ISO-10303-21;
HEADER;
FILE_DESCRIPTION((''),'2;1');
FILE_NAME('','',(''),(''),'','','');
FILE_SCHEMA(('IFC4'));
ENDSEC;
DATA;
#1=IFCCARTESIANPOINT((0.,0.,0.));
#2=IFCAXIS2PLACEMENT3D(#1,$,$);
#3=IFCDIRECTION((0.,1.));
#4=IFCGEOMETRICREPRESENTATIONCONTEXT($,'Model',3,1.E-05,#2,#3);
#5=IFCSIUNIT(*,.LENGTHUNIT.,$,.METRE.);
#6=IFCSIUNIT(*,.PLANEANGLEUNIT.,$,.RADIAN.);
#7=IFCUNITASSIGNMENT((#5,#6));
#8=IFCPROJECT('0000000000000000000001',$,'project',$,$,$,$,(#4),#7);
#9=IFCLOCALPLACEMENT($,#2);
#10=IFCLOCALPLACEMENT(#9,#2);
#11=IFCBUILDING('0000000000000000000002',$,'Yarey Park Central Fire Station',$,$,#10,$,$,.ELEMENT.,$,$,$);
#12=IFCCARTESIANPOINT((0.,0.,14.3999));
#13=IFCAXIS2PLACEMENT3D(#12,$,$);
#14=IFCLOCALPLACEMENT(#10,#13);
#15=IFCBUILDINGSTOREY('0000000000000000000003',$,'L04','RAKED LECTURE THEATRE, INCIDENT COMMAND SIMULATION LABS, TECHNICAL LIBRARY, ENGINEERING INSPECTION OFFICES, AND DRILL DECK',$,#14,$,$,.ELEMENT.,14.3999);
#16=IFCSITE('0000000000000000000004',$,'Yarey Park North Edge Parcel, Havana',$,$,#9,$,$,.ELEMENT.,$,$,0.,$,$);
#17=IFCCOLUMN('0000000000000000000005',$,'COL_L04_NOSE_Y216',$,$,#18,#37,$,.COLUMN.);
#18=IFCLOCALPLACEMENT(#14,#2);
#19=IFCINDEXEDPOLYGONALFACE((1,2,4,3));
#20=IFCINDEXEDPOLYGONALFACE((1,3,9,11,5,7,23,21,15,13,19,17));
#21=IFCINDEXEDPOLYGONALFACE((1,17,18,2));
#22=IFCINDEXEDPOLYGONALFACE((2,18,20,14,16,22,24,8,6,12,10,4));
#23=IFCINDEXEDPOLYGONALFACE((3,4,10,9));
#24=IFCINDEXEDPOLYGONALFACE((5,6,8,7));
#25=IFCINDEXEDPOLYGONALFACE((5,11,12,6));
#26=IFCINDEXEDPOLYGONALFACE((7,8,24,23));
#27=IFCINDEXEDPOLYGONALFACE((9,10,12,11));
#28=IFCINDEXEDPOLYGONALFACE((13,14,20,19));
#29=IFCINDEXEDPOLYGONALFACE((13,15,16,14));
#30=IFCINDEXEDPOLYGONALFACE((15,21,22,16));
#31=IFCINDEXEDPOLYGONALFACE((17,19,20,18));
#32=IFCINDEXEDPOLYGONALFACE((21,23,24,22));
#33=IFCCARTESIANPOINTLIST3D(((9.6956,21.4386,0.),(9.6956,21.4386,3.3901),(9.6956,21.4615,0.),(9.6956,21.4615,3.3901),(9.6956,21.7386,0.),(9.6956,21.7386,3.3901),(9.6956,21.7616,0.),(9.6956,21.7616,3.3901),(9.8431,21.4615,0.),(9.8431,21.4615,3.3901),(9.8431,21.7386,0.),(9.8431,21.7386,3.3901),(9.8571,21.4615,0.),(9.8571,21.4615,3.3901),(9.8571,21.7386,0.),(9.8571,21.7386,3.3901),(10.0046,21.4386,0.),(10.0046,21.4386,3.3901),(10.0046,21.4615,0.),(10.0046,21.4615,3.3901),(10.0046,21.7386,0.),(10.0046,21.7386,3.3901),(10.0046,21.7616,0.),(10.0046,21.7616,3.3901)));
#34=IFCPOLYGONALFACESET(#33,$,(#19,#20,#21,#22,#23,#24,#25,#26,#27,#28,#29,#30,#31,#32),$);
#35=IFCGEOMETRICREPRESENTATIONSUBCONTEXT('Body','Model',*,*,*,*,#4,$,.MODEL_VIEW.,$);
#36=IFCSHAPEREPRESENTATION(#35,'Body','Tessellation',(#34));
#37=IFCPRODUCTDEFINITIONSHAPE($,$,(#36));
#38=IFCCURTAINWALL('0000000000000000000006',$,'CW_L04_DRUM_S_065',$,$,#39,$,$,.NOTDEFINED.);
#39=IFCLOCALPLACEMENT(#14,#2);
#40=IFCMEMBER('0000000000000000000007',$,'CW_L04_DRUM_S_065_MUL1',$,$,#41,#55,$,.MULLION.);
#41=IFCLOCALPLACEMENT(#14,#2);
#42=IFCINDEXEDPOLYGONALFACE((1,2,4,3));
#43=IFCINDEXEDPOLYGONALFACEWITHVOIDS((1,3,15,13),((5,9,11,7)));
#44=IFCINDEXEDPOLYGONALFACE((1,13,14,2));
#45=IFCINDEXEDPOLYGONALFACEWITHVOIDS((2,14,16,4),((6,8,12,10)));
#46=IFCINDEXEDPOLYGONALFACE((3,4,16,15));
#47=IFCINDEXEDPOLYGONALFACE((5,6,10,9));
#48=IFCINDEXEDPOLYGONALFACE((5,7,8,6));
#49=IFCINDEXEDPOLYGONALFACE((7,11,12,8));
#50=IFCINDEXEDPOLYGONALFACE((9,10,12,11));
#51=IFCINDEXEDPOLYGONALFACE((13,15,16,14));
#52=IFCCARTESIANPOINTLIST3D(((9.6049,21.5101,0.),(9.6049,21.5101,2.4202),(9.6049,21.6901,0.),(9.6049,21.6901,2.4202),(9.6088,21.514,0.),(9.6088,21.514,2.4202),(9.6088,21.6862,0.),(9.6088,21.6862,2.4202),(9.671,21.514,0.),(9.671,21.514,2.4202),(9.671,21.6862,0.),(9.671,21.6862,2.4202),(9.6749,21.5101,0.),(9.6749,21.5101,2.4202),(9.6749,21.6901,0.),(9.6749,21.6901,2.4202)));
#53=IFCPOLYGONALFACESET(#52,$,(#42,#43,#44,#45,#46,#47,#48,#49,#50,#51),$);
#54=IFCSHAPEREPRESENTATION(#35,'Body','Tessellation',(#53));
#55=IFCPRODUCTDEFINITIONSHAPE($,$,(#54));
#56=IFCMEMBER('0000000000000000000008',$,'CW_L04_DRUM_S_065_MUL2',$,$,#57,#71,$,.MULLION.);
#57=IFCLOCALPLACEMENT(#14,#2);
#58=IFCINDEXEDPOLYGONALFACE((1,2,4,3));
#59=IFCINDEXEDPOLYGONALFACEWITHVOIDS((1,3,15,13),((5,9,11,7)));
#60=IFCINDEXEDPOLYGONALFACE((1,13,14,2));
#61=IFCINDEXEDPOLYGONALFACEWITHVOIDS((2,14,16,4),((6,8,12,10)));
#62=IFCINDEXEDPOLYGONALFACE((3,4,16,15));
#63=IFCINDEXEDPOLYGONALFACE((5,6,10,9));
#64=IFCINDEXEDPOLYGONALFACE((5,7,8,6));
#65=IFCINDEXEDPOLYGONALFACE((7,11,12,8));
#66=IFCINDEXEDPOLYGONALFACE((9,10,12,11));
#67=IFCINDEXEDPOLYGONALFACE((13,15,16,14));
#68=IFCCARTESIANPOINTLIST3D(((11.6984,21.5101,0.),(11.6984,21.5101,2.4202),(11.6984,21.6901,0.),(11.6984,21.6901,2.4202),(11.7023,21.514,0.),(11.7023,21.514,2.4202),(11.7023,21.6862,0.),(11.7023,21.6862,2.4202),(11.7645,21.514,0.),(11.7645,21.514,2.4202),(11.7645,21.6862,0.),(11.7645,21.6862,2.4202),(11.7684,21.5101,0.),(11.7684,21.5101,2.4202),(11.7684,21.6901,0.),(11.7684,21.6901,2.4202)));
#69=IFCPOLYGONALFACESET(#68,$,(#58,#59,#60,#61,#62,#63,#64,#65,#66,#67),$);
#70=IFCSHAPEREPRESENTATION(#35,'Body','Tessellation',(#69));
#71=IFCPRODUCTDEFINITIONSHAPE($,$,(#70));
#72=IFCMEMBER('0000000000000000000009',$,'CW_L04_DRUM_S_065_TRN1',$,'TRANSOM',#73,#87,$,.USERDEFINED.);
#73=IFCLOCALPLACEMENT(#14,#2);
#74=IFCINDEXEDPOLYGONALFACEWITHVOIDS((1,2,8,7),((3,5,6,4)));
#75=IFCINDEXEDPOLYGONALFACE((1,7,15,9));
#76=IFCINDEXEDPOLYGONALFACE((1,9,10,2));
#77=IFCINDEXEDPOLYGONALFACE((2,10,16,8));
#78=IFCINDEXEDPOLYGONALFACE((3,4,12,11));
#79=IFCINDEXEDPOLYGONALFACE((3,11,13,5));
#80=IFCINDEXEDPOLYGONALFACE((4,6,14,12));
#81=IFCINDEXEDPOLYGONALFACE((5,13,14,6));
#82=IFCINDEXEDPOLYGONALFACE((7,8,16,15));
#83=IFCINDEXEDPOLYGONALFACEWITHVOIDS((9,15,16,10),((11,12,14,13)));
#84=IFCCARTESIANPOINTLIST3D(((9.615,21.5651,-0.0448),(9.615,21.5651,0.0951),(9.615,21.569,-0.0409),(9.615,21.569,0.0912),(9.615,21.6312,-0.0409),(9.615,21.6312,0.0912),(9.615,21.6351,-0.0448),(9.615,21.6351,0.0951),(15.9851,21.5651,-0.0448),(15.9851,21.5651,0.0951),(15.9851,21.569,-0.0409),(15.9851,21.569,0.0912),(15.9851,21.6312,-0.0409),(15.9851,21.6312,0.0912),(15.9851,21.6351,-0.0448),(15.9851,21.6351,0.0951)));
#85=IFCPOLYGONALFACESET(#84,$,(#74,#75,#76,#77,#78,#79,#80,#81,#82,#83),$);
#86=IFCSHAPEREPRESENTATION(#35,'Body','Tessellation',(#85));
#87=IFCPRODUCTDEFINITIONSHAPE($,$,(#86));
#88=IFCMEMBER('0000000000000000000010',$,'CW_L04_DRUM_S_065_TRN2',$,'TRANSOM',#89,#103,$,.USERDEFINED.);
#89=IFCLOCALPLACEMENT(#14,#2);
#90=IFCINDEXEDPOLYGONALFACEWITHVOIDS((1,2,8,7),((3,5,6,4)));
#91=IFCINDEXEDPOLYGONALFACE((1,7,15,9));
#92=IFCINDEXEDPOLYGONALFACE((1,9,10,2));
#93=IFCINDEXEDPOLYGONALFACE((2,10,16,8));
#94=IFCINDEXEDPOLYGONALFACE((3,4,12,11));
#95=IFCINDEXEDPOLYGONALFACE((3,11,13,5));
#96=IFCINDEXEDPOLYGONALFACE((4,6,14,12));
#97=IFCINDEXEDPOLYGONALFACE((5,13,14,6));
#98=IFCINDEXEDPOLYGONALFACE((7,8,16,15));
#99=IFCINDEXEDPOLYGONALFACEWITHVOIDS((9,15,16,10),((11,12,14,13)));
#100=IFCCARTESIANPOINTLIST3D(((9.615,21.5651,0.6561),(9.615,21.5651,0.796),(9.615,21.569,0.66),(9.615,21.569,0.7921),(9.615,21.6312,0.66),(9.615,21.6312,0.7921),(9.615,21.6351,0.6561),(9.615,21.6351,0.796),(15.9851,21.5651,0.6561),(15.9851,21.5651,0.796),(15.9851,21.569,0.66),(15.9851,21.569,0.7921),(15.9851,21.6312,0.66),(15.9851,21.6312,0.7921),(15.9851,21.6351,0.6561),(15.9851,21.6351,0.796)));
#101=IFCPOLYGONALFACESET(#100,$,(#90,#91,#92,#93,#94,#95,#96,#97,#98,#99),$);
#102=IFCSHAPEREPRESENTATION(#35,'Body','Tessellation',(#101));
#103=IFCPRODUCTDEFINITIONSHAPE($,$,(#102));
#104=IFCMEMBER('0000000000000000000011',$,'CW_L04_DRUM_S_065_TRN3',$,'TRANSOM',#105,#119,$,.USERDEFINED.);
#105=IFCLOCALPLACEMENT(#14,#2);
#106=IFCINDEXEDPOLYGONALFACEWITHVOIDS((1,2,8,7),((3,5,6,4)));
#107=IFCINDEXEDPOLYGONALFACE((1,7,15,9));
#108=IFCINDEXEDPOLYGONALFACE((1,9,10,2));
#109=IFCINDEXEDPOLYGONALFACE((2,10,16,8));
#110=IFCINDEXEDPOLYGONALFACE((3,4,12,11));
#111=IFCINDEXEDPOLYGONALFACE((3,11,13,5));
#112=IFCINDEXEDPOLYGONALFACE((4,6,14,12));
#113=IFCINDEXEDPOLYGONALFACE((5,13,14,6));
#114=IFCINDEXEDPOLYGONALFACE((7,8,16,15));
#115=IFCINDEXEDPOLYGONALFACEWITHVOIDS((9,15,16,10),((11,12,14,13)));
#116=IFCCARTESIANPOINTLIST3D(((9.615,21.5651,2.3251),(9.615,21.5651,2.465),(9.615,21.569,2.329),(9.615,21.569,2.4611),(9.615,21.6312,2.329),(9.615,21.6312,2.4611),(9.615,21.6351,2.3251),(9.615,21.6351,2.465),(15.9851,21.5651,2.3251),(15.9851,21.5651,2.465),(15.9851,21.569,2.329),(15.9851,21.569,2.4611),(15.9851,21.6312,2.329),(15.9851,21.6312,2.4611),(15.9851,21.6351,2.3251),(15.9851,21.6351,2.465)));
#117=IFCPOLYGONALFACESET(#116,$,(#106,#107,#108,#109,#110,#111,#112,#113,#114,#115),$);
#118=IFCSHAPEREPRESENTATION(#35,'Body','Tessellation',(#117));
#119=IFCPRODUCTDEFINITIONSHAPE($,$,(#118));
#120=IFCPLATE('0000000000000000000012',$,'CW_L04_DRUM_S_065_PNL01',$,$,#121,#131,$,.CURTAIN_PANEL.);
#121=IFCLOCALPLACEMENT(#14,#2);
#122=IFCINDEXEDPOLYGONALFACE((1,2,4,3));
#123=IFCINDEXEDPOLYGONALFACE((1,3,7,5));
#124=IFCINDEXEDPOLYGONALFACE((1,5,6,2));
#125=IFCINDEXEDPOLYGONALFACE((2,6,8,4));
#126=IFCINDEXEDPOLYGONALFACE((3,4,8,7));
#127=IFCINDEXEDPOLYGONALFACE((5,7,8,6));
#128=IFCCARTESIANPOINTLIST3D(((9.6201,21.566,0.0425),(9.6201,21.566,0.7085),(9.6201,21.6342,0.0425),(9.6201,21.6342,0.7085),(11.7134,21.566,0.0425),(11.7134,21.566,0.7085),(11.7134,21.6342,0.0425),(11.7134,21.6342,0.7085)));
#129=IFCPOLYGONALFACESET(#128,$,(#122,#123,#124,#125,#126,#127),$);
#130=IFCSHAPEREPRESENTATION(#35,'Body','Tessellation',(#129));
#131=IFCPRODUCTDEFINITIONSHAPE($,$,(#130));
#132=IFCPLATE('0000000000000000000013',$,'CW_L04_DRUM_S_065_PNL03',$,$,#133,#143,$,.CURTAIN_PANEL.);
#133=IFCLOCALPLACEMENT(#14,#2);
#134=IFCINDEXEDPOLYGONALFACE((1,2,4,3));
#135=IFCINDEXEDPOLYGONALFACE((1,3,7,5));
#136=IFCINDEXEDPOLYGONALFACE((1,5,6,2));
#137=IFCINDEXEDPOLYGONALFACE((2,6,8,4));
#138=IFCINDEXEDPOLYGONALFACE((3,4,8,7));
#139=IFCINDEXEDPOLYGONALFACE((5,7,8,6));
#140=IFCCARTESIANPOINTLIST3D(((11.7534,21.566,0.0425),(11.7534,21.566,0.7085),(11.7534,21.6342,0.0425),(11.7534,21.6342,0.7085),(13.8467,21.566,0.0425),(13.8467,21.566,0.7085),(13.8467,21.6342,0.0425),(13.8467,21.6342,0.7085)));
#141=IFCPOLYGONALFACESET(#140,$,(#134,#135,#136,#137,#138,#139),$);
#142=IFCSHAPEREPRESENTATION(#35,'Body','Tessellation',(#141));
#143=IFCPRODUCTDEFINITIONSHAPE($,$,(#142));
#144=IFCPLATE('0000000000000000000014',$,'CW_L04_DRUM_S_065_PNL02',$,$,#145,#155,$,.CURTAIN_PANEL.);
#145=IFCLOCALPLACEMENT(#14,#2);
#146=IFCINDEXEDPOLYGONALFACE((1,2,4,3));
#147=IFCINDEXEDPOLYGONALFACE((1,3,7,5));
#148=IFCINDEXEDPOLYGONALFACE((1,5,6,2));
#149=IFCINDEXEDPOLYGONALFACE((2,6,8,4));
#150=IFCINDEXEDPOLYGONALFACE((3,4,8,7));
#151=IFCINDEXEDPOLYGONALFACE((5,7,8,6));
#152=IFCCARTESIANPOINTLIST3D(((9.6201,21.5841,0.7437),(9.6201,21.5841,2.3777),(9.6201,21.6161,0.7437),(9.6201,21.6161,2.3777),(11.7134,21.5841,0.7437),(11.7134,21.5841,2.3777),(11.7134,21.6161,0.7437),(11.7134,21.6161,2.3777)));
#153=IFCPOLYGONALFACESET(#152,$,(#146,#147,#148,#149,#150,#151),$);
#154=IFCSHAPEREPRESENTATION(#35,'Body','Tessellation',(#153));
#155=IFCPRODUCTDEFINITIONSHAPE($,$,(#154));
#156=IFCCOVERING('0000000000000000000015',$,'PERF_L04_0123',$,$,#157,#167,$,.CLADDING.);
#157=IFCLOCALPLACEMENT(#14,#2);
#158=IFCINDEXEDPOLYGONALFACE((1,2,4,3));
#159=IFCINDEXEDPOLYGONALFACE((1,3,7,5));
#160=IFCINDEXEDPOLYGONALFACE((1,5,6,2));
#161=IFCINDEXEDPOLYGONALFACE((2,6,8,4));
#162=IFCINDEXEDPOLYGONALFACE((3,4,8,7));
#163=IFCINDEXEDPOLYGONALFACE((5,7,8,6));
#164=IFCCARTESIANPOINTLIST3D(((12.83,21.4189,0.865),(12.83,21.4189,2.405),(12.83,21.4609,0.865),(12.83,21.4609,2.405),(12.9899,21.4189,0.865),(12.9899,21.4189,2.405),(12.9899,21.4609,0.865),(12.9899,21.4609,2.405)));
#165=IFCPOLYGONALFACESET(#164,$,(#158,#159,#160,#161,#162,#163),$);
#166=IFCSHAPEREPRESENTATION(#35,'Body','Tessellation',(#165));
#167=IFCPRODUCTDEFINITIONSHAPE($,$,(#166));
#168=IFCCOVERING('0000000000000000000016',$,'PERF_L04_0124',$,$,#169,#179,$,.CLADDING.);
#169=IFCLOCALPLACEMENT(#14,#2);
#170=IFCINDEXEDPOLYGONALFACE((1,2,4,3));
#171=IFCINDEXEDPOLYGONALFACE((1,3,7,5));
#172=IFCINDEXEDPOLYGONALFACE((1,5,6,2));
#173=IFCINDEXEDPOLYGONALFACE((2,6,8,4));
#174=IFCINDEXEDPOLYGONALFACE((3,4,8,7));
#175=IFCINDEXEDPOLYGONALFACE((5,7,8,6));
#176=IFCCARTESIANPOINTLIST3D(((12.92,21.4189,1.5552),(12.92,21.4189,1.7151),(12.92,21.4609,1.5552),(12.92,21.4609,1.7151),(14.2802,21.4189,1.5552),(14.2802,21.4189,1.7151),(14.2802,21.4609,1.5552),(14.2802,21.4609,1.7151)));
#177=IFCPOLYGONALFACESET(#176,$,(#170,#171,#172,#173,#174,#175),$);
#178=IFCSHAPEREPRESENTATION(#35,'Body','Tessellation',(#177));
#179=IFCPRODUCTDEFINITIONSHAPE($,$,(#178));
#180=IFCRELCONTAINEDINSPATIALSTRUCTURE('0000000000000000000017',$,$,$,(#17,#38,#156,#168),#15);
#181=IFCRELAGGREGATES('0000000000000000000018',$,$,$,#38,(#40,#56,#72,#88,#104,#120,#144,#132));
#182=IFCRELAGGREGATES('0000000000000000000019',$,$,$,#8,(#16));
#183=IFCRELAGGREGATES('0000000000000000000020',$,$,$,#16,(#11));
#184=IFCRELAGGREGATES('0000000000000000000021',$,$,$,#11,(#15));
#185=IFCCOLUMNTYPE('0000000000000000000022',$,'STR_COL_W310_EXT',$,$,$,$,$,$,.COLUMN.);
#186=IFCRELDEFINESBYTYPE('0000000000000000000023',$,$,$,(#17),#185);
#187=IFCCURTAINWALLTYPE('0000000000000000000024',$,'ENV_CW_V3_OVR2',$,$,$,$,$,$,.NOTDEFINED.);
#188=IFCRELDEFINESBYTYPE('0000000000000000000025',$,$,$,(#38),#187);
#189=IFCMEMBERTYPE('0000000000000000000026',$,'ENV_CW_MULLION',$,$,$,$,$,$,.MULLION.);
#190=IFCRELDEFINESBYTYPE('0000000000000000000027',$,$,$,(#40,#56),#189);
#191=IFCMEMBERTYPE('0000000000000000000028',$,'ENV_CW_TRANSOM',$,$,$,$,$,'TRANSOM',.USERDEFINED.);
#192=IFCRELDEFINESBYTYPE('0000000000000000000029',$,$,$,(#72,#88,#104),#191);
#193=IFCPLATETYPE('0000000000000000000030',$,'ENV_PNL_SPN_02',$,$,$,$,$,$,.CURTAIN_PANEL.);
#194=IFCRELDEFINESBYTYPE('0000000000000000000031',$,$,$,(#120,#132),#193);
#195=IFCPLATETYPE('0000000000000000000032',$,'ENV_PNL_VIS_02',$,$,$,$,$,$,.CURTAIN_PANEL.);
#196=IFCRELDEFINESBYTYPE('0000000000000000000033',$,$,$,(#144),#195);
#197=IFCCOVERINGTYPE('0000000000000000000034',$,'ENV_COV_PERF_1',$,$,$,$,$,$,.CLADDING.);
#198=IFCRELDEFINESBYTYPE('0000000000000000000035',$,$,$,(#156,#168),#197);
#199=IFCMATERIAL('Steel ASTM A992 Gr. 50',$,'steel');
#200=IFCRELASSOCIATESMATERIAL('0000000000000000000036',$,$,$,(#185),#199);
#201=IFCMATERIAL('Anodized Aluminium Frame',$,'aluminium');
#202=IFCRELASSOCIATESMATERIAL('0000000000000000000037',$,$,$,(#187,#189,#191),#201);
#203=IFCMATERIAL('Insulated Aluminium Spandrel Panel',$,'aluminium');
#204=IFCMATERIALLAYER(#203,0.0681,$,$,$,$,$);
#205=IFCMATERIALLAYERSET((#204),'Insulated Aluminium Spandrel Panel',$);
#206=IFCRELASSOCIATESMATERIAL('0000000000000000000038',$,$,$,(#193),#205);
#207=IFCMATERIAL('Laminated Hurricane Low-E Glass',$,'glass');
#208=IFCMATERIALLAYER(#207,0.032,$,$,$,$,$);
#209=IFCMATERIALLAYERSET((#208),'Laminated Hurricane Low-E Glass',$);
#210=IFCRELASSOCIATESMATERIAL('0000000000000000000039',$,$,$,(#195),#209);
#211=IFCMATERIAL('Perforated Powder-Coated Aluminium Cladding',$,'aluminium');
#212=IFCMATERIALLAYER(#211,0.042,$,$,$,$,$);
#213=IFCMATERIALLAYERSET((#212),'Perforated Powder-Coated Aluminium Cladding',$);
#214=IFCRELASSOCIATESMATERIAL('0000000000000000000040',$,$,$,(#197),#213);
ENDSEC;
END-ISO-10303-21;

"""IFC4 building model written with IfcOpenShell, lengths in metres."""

from ifc_helpers import new_model, si_unit, direction, frame, origin, origin_2d, place, context, subcontext, project, spatial, rectangle, hollow_rectangle, i_section, extrude, material, layer, layer_set, material_profile, profile_set, type_object, element, aggregate, save


model = new_model("IFC4")

# Units and contexts
model_context = context("Model", 3, precision=1e-05, world=origin(), true_north=direction((0.0, 1.0)))
body_context = subcontext(model_context, "Body", "Model", "MODEL_VIEW")
ifc_project = project(units=[si_unit("LENGTHUNIT", "METRE"), si_unit("PLANEANGLEUNIT", "RADIAN")], contexts=[model_context])

# Site, building, storey
site_placement = place(None, origin())
site = spatial("IfcSite", under=ifc_project, at=site_placement, Name="Yarey Park North Edge Parcel, Havana", CompositionType="ELEMENT", RefElevation=0.0)
building_placement = place(site_placement, origin())
building = spatial("IfcBuilding", under=site, at=building_placement, Name="Yarey Park Central Fire Station", CompositionType="ELEMENT")
storey_placement = place(building_placement, frame((0.0, 0.0, 14.3999)))
storey = spatial("IfcBuildingStorey", under=building, at=storey_placement, Name="L04", Description="RAKED LECTURE THEATRE, INCIDENT COMMAND SIMULATION LABS, TECHNICAL LIBRARY, ENGINEERING INSPECTION OFFICES, AND DRILL DECK", CompositionType="ELEMENT", Elevation=14.3999)

# Column
ifc_material_1 = material(Name="Steel ASTM A992 Gr. 50", Category="steel")
ifc_material_profile_1 = material_profile(ifc_material_1, i_section(OverallWidth=0.3091, OverallDepth=0.323, WebThickness=0.0139, FlangeThickness=0.0229, at=origin_2d()), Name="W310x143")
ifc_profile_set_1 = profile_set([ifc_material_profile_1], Name="Steel ASTM A992 Gr. 50")
column_type = type_object("IfcColumnType", Name="STR_COL_W310_EXT", PredefinedType="COLUMN", material=ifc_profile_set_1)
column_placement = place(storey_placement, frame((9.8501, 21.6001, 0.0), z_axis=(0.0, 0.0, 1.0), x_axis=(1.0, 0.0, 0.0)))
element("IfcColumn", 1, at=column_placement, inside=storey, type_object=column_type, Name="COL_L04_NOSE_Y216", PredefinedType="COLUMN", context=body_context, shape_type="SweptSolid", body=[
    extrude(i_section(OverallWidth=0.3091, OverallDepth=0.323, WebThickness=0.0139, FlangeThickness=0.0229, at=origin_2d()), origin(), (0.0, 0.0, 1.0), 3.3901),
])

# Curtain wall, members, plates
ifc_material_2 = material(Name="Anodized Aluminium Frame", Category="aluminium")
curtain_wall_type = type_object("IfcCurtainWallType", Name="ENV_CW_V3_OVR2", PredefinedType="NOTDEFINED", material=ifc_material_2)
curtain_wall_placement = place(storey_placement, origin())
curtain_wall = element("IfcCurtainWall", 2, at=curtain_wall_placement, inside=storey, type_object=curtain_wall_type, Name="CW_L04_DRUM_S_065", PredefinedType="NOTDEFINED")
ifc_material_profile_2 = material_profile(ifc_material_2, hollow_rectangle(XDim=0.0701, YDim=0.1799, WallThickness=0.0039, at=origin_2d()), Name="ALU 180x70x4")
ifc_profile_set_2 = profile_set([ifc_material_profile_2], Name="Anodized Aluminium Frame")
member_type_1 = type_object("IfcMemberType", Name="ENV_CW_MULLION", PredefinedType="MULLION", material=ifc_profile_set_2)
member_1_placement = place(storey_placement, frame((9.6399, 21.6001, 0.0), z_axis=(0.0, 0.0, 1.0), x_axis=(1.0, 0.0, 0.0)))
member_1 = element("IfcMember", 3, at=member_1_placement, type_object=member_type_1, Name="CW_L04_DRUM_S_065_MUL1", PredefinedType="MULLION", context=body_context, shape_type="SweptSolid", body=[
    extrude(hollow_rectangle(XDim=0.0701, YDim=0.1799, WallThickness=0.0039, at=origin_2d()), origin(), (0.0, 0.0, 1.0), 2.4202),
])
member_2_placement = place(storey_placement, frame((11.7334, 21.6001, 0.0), z_axis=(0.0, 0.0, 1.0), x_axis=(1.0, 0.0, 0.0)))
member_2 = element("IfcMember", 4, at=member_2_placement, type_object=member_type_1, Name="CW_L04_DRUM_S_065_MUL2", PredefinedType="MULLION", context=body_context, shape_type="SweptSolid", body=[
    extrude(hollow_rectangle(XDim=0.0701, YDim=0.1799, WallThickness=0.0039, at=origin_2d()), origin(), (0.0, 0.0, 1.0), 2.4202),
])
ifc_material_profile_3 = material_profile(ifc_material_2, hollow_rectangle(XDim=0.0701, YDim=0.1399, WallThickness=0.0039, at=origin_2d()), Name="ALU 140x70x4")
ifc_profile_set_3 = profile_set([ifc_material_profile_3], Name="Anodized Aluminium Frame")
member_type_2 = type_object("IfcMemberType", Name="ENV_CW_TRANSOM", ElementType="TRANSOM", PredefinedType="USERDEFINED", material=ifc_profile_set_3)
member_3_placement = place(storey_placement, frame((9.615, 21.6001, 0.0251), z_axis=(1.0, 0.0, 0.0), x_axis=(0.0, 1.0, 0.0)))
member_3 = element("IfcMember", 5, at=member_3_placement, type_object=member_type_2, Name="CW_L04_DRUM_S_065_TRN1", ObjectType="TRANSOM", PredefinedType="USERDEFINED", context=body_context, shape_type="SweptSolid", body=[
    extrude(hollow_rectangle(XDim=0.0701, YDim=0.1399, WallThickness=0.0039, at=origin_2d()), origin(), (0.0, 0.0, 1.0), 6.3701),
])
member_4_placement = place(storey_placement, frame((9.615, 21.6001, 0.7261), z_axis=(1.0, 0.0, 0.0), x_axis=(0.0, 1.0, 0.0)))
member_4 = element("IfcMember", 6, at=member_4_placement, type_object=member_type_2, Name="CW_L04_DRUM_S_065_TRN2", ObjectType="TRANSOM", PredefinedType="USERDEFINED", context=body_context, shape_type="SweptSolid", body=[
    extrude(hollow_rectangle(XDim=0.0701, YDim=0.1399, WallThickness=0.0039, at=origin_2d()), origin(), (0.0, 0.0, 1.0), 6.3701),
])
member_5_placement = place(storey_placement, frame((9.615, 21.6001, 2.395), z_axis=(1.0, 0.0, 0.0), x_axis=(0.0, 1.0, 0.0)))
member_5 = element("IfcMember", 7, at=member_5_placement, type_object=member_type_2, Name="CW_L04_DRUM_S_065_TRN3", ObjectType="TRANSOM", PredefinedType="USERDEFINED", context=body_context, shape_type="SweptSolid", body=[
    extrude(hollow_rectangle(XDim=0.0701, YDim=0.1399, WallThickness=0.0039, at=origin_2d()), origin(), (0.0, 0.0, 1.0), 6.3701),
])
ifc_material_3 = material(Name="Insulated Aluminium Spandrel Panel", Category="aluminium")
ifc_layer_1 = layer(ifc_material_3, 0.0681)
ifc_layer_set_1 = layer_set([ifc_layer_1], Name="Insulated Aluminium Spandrel Panel")
plate_type_1 = type_object("IfcPlateType", Name="ENV_PNL_SPN_02", PredefinedType="CURTAIN_PANEL", material=ifc_layer_set_1)
plate_1_placement = place(storey_placement, frame((10.6667, 21.6001, 0.0425), z_axis=(0.0, 0.0, 1.0), x_axis=(1.0, 0.0, 0.0)))
plate_1 = element("IfcPlate", 8, at=plate_1_placement, type_object=plate_type_1, Name="CW_L04_DRUM_S_065_PNL01", PredefinedType="CURTAIN_PANEL", context=body_context, shape_type="SweptSolid", body=[
    extrude(rectangle(XDim=2.0933, YDim=0.0681, at=origin_2d()), origin(), (0.0, 0.0, 1.0), 0.666),
])
plate_2_placement = place(storey_placement, frame((12.8, 21.6001, 0.0425), z_axis=(0.0, 0.0, 1.0), x_axis=(1.0, 0.0, 0.0)))
plate_2 = element("IfcPlate", 9, at=plate_2_placement, type_object=plate_type_1, Name="CW_L04_DRUM_S_065_PNL03", PredefinedType="CURTAIN_PANEL", context=body_context, shape_type="SweptSolid", body=[
    extrude(rectangle(XDim=2.0933, YDim=0.0681, at=origin_2d()), origin(), (0.0, 0.0, 1.0), 0.666),
])
ifc_material_4 = material(Name="Laminated Hurricane Low-E Glass", Category="glass")
ifc_layer_2 = layer(ifc_material_4, 0.032)
ifc_layer_set_2 = layer_set([ifc_layer_2], Name="Laminated Hurricane Low-E Glass")
plate_type_2 = type_object("IfcPlateType", Name="ENV_PNL_VIS_02", PredefinedType="CURTAIN_PANEL", material=ifc_layer_set_2)
plate_3_placement = place(storey_placement, frame((10.6667, 21.6001, 0.7437), z_axis=(0.0, 0.0, 1.0), x_axis=(1.0, 0.0, 0.0)))
plate_3 = element("IfcPlate", 10, at=plate_3_placement, type_object=plate_type_2, Name="CW_L04_DRUM_S_065_PNL02", PredefinedType="CURTAIN_PANEL", context=body_context, shape_type="SweptSolid", body=[
    extrude(rectangle(XDim=2.0933, YDim=0.032, at=origin_2d()), origin(), (0.0, 0.0, 1.0), 1.634),
])
aggregate(curtain_wall, [member_1, member_2, member_3, member_4, member_5, plate_1, plate_3, plate_2])

# Coverings
ifc_material_5 = material(Name="Perforated Powder-Coated Aluminium Cladding", Category="aluminium")
ifc_layer_3 = layer(ifc_material_5, 0.042)
ifc_layer_set_3 = layer_set([ifc_layer_3], Name="Perforated Powder-Coated Aluminium Cladding")
covering_type_1 = type_object("IfcCoveringType", Name="ENV_COV_PERF_1", PredefinedType="CLADDING", material=ifc_layer_set_3)
covering_1_placement = place(storey_placement, frame((12.9099, 21.4399, 0.865), z_axis=(0.0, 0.0, 1.0), x_axis=(1.0, 0.0, 0.0)))
element("IfcCovering", 11, at=covering_1_placement, inside=storey, type_object=covering_type_1, Name="PERF_L04_0123", PredefinedType="CLADDING", context=body_context, shape_type="SweptSolid", body=[
    extrude(rectangle(XDim=0.1599, YDim=0.042, at=origin_2d()), origin(), (0.0, 0.0, 1.0), 1.54),
])
covering_2_placement = place(storey_placement, frame((13.6001, 21.4399, 1.5552), z_axis=(0.0, 0.0, 1.0), x_axis=(1.0, 0.0, 0.0)))
element("IfcCovering", 12, at=covering_2_placement, inside=storey, type_object=covering_type_1, Name="PERF_L04_0124", PredefinedType="CLADDING", context=body_context, shape_type="SweptSolid", body=[
    extrude(rectangle(XDim=1.3601, YDim=0.042, at=origin_2d()), origin(), (0.0, 0.0, 1.0), 0.1599),
])

save(model, "model.ifc")
